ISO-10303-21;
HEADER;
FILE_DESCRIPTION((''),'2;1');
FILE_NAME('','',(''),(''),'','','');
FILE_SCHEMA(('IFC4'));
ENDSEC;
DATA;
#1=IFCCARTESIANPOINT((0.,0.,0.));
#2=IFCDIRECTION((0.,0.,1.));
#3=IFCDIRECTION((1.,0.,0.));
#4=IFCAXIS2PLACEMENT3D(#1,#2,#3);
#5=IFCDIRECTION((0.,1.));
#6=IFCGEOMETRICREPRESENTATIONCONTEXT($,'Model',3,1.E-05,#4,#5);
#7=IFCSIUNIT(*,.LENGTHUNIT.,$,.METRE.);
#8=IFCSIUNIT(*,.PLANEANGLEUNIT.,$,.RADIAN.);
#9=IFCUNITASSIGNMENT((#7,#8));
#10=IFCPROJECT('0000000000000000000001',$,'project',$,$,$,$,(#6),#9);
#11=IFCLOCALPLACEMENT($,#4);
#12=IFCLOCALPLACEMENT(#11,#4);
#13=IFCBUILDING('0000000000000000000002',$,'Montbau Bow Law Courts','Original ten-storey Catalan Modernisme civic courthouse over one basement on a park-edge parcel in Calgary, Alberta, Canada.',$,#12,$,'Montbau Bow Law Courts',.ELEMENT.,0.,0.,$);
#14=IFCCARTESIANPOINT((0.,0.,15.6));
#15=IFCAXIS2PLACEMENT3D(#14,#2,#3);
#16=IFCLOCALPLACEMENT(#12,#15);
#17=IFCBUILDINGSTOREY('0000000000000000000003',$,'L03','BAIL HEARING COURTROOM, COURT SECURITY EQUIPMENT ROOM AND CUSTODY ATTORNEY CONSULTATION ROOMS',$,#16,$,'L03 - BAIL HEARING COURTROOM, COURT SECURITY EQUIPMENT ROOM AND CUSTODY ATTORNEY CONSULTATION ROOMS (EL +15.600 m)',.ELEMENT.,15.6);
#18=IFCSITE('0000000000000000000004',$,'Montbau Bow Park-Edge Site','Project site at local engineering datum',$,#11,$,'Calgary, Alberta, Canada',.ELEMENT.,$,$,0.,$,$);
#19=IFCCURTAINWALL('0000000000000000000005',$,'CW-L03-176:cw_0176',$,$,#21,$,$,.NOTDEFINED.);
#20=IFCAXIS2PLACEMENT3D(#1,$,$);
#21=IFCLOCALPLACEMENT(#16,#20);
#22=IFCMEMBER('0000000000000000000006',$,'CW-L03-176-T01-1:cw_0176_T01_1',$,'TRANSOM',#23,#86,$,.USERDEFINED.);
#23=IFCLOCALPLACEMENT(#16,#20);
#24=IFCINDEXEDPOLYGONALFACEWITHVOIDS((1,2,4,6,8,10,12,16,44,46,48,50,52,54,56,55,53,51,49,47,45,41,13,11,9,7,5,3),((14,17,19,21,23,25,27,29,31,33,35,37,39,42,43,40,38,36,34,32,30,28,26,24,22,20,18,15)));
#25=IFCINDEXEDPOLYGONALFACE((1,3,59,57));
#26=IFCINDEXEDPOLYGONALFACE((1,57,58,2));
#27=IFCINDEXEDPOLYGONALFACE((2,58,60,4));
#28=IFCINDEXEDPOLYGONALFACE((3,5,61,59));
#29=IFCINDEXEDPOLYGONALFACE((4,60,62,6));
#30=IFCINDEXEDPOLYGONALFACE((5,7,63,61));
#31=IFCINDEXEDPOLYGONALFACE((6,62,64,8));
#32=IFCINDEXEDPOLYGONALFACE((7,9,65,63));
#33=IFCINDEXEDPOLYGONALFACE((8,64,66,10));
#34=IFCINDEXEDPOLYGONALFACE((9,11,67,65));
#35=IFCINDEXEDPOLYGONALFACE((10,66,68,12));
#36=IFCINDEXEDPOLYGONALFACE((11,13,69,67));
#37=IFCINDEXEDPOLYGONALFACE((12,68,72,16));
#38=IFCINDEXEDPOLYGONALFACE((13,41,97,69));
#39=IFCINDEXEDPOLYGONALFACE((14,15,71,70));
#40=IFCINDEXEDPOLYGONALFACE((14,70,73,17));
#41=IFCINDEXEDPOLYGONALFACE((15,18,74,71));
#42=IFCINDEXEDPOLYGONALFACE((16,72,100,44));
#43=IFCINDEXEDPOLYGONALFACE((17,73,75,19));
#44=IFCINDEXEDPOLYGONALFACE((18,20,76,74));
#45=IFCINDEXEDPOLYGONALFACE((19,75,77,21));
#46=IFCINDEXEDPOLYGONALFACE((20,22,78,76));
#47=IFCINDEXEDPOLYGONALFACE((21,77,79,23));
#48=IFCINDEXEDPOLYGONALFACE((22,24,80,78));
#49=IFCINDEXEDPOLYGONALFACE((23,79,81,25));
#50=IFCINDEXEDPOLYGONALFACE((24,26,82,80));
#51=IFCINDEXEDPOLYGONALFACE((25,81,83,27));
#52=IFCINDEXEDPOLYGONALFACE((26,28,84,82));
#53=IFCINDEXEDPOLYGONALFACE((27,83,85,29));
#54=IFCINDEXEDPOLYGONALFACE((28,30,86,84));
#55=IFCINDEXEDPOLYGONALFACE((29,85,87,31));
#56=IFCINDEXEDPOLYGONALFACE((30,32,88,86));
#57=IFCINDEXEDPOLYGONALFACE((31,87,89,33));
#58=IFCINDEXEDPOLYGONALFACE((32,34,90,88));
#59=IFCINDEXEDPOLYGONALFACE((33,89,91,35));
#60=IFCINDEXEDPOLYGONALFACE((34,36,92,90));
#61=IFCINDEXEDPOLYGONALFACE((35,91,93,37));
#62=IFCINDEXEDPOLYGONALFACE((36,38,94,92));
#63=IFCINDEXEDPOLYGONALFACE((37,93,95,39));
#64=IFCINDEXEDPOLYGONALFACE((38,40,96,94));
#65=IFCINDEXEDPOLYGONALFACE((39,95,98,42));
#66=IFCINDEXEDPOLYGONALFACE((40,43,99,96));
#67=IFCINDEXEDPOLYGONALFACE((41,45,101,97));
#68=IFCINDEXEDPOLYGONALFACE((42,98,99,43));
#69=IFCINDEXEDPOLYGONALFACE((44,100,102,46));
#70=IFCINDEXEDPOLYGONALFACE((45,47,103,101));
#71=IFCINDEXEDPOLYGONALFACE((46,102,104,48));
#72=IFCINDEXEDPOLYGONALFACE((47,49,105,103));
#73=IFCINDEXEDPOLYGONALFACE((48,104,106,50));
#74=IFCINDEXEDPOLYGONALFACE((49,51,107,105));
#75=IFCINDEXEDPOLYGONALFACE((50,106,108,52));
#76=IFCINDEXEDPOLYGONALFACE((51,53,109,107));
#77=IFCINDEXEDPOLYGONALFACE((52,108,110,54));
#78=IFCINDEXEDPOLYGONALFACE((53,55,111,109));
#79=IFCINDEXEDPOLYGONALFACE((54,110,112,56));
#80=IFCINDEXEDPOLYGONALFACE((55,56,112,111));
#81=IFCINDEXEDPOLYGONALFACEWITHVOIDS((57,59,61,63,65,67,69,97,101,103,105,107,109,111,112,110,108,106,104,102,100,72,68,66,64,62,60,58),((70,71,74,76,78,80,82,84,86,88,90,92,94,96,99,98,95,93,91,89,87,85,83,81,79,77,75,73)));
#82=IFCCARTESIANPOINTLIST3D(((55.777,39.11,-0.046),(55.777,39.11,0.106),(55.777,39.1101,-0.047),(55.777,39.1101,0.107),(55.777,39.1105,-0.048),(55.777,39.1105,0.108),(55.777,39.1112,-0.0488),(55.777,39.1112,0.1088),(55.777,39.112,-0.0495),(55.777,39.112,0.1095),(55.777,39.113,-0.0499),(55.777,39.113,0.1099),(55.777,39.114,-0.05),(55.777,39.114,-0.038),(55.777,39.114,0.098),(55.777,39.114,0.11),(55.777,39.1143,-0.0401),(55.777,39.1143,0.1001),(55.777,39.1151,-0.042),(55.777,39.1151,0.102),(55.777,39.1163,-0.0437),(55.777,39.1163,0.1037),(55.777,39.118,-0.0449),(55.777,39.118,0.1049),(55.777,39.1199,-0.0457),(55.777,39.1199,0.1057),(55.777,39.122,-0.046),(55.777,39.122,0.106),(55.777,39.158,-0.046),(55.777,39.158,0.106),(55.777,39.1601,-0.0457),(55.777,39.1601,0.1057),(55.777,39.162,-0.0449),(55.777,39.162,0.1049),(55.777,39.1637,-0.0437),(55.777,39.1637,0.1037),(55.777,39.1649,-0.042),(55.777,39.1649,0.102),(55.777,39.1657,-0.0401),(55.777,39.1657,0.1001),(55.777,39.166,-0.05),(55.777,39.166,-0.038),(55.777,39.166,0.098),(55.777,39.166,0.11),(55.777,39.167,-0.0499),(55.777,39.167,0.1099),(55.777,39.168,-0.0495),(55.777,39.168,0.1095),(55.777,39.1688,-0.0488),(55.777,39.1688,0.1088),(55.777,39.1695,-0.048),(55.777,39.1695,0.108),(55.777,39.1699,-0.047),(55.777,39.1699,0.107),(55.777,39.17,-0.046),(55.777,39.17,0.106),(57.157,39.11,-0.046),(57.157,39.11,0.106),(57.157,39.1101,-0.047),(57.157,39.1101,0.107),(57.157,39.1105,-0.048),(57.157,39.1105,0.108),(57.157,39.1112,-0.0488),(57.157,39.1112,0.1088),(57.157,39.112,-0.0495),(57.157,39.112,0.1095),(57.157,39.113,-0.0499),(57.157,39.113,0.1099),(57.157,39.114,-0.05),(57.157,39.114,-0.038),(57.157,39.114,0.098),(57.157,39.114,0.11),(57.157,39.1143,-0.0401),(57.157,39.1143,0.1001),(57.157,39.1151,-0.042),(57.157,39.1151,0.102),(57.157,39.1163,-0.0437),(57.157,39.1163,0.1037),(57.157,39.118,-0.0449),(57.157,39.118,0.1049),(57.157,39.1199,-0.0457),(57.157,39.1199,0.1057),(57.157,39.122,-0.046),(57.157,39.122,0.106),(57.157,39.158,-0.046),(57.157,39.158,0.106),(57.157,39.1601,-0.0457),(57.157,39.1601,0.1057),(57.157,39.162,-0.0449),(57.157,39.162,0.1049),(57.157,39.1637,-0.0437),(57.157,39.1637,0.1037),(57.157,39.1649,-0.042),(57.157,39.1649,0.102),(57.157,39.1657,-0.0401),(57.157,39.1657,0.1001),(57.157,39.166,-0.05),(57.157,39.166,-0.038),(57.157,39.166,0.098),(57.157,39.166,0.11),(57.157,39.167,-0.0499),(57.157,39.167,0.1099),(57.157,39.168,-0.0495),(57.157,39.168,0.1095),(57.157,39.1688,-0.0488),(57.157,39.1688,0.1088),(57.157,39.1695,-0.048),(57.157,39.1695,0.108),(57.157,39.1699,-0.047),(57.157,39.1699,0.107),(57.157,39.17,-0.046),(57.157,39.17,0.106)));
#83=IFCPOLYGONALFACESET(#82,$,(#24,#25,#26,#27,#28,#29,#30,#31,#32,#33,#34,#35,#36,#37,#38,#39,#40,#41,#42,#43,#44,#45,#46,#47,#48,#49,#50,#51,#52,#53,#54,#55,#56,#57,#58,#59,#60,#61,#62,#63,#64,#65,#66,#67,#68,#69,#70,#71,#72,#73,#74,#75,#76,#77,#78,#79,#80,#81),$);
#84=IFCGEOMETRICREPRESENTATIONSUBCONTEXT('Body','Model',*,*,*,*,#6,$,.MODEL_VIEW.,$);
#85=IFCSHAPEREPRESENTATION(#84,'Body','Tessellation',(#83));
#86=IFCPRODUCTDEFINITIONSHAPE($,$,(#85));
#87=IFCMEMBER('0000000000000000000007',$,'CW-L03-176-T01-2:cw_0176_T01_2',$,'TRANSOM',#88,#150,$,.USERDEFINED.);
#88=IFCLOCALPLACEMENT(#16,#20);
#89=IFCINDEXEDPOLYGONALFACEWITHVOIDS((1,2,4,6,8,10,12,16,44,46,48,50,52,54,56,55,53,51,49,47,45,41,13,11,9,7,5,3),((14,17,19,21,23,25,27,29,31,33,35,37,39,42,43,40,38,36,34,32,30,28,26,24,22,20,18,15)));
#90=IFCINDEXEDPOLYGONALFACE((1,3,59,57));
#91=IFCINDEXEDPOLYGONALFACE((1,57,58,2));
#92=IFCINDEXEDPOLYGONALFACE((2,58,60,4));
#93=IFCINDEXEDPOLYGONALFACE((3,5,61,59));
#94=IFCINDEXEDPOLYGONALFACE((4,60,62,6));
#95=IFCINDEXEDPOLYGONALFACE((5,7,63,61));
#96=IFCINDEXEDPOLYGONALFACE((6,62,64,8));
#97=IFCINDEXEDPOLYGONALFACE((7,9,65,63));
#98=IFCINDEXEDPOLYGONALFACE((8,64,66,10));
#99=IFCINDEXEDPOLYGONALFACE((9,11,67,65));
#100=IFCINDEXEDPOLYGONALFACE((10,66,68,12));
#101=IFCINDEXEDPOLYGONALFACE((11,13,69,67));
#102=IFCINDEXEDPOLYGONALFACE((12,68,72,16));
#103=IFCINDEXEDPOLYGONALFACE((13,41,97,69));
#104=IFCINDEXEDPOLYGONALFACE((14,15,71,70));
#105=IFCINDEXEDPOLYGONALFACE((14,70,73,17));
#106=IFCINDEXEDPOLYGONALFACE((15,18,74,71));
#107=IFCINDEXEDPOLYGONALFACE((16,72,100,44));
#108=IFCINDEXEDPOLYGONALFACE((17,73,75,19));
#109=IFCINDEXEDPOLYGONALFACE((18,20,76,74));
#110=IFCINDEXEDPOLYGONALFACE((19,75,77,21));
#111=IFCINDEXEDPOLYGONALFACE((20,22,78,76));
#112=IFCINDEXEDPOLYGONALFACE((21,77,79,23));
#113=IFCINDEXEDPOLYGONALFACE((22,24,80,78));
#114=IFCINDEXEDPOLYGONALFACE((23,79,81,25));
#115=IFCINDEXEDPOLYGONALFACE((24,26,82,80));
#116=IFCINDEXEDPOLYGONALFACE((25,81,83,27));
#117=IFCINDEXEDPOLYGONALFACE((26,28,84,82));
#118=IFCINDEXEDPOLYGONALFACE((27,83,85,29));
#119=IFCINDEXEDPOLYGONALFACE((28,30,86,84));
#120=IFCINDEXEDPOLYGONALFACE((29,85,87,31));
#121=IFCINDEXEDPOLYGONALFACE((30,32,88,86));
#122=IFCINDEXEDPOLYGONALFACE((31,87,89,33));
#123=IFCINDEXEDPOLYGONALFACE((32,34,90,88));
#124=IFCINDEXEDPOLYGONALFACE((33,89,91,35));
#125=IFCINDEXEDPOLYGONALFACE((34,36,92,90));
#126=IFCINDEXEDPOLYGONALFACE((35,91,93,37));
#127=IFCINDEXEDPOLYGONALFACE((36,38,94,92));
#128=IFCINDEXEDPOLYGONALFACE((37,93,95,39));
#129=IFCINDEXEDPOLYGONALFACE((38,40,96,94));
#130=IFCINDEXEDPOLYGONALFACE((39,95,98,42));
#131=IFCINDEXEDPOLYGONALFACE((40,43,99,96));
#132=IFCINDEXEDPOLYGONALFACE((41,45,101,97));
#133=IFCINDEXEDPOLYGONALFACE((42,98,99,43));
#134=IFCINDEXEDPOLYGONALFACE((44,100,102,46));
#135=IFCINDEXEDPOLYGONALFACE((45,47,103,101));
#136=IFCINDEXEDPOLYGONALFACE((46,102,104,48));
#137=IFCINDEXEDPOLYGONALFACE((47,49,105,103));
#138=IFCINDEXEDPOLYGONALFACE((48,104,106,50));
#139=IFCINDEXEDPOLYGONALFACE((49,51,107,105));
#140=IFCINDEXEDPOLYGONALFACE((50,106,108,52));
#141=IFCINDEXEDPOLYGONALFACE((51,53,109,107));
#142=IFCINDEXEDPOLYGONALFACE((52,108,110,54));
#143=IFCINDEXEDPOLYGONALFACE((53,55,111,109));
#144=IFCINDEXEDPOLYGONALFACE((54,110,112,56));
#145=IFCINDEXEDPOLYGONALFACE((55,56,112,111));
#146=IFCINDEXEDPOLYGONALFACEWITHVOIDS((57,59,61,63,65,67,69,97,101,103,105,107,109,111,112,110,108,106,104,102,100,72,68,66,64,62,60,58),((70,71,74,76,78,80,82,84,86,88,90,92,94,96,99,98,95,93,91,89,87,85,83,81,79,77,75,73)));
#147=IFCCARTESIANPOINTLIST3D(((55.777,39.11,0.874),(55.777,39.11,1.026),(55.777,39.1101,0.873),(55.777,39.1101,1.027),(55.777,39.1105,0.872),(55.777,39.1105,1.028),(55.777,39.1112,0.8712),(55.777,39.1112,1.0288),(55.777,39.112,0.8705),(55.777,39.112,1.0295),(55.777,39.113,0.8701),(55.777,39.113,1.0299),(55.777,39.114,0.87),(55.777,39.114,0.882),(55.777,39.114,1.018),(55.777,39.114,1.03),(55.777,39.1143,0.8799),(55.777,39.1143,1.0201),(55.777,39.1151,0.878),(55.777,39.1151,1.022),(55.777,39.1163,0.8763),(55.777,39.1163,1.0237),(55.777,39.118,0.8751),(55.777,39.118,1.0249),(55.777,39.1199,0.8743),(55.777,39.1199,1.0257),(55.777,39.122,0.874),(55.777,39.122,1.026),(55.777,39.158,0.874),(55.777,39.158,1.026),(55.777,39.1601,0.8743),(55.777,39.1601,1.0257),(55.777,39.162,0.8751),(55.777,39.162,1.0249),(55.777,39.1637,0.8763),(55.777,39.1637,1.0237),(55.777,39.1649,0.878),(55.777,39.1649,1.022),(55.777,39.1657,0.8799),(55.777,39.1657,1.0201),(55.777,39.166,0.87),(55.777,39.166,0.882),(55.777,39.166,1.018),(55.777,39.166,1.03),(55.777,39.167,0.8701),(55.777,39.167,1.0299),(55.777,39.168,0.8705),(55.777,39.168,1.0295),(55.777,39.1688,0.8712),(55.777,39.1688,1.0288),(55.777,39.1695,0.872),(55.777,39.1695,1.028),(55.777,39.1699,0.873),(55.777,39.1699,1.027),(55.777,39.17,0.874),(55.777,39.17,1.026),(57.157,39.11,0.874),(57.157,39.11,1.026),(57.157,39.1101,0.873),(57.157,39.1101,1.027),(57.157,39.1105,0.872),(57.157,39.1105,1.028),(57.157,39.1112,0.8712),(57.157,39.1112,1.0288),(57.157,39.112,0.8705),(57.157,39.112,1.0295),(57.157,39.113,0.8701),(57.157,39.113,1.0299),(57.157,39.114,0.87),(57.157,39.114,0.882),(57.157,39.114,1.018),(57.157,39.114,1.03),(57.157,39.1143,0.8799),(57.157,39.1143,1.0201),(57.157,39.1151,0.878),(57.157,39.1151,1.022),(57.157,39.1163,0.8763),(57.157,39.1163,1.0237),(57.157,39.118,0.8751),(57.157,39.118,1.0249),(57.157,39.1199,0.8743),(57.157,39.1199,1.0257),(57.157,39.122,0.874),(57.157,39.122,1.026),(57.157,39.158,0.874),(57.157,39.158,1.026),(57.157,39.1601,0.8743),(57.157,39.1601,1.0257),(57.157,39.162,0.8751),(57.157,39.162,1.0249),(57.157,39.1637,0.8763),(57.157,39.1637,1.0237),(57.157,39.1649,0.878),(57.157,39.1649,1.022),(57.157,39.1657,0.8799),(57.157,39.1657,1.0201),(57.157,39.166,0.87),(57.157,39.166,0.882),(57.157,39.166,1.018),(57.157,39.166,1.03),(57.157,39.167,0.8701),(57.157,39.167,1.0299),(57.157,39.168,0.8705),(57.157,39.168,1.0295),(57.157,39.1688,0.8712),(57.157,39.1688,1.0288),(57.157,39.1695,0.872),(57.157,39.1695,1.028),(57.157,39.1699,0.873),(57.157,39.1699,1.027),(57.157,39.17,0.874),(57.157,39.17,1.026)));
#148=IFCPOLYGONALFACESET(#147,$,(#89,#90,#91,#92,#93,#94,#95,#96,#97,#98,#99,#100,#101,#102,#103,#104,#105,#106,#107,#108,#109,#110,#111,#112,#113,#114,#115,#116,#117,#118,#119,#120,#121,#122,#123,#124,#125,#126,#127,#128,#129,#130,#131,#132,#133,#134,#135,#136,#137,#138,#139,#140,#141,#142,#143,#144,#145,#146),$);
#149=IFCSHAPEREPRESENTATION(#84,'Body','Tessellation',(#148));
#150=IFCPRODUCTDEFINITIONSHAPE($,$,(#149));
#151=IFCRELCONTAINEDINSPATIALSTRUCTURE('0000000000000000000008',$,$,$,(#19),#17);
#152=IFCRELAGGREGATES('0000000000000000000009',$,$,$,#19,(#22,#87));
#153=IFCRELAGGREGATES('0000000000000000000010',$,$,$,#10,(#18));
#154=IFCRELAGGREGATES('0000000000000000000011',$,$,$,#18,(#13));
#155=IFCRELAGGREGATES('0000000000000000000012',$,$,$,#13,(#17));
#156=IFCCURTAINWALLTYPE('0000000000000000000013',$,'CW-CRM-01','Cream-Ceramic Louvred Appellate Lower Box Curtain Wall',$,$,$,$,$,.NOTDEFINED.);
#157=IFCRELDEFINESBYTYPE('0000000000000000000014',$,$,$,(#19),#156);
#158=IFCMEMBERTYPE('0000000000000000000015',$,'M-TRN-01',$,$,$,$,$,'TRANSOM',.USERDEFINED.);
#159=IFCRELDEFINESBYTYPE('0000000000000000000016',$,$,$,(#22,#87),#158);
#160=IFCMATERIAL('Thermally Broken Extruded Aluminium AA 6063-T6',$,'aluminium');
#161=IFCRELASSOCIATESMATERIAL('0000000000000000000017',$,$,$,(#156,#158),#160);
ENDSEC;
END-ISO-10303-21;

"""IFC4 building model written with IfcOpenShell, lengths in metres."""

from ifc_helpers import new_model, si_unit, direction, frame, origin_with_axes, origin_2d_with_axis, place, context, subcontext, project, spatial, hollow_rectangle, extrude, material, material_profile, profile_set, type_object, element, aggregate, save


model = new_model("IFC4")

# Units and contexts
model_context = context("Model", 3, precision=1e-05, world=origin_with_axes(), true_north=direction((0.0, 1.0)))
body_context = subcontext(model_context, "Body", "Model", "MODEL_VIEW")
ifc_project = project(units=[si_unit("LENGTHUNIT", "METRE"), si_unit("PLANEANGLEUNIT", "RADIAN")], contexts=[model_context])

# Site, building, storey
site_placement = place(None, origin_with_axes())
site = spatial("IfcSite", under=ifc_project, at=site_placement, Name="Montbau Bow Park-Edge Site", Description="Project site at local engineering datum", LongName="Calgary, Alberta, Canada", CompositionType="ELEMENT", RefElevation=0.0)
building_placement = place(site_placement, origin_with_axes())
building = spatial("IfcBuilding", under=site, at=building_placement, Name="Montbau Bow Law Courts", Description="Original ten-storey Catalan Modernisme civic courthouse over one basement on a park-edge parcel in Calgary, Alberta, Canada.", LongName="Montbau Bow Law Courts", CompositionType="ELEMENT", ElevationOfRefHeight=0.0, ElevationOfTerrain=0.0)
storey_placement = place(building_placement, frame((0.0, 0.0, 15.6), z_axis=(0.0, 0.0, 1.0), x_axis=(1.0, 0.0, 0.0)))
storey = spatial("IfcBuildingStorey", under=building, at=storey_placement, Name="L03", Description="BAIL HEARING COURTROOM, COURT SECURITY EQUIPMENT ROOM AND CUSTODY ATTORNEY CONSULTATION ROOMS", LongName="L03 - BAIL HEARING COURTROOM, COURT SECURITY EQUIPMENT ROOM AND CUSTODY ATTORNEY CONSULTATION ROOMS (EL +15.600 m)", CompositionType="ELEMENT", Elevation=15.6)

# Curtain wall, members
ifc_material_1 = material(Name="Thermally Broken Extruded Aluminium AA 6063-T6", Category="aluminium")
curtain_wall_type = type_object("IfcCurtainWallType", Name="CW-CRM-01", Description="Cream-Ceramic Louvred Appellate Lower Box Curtain Wall", PredefinedType="NOTDEFINED", material=ifc_material_1)
curtain_wall_placement = place(None, frame((55.715, 39.14, 15.6), z_axis=(0.0, 0.0, 1.0), x_axis=(1.0, 0.0, 0.0)))
curtain_wall = element("IfcCurtainWall", 1, at=curtain_wall_placement, inside=storey, type_object=curtain_wall_type, Name="CW-L03-176:cw_0176", PredefinedType="NOTDEFINED")
ifc_material_profile_1 = material_profile(ifc_material_1, hollow_rectangle(XDim=0.06, YDim=0.16, WallThickness=0.004, InnerFilletRadius=0.008, OuterFilletRadius=0.004, at=origin_2d_with_axis()), Name="CWT-160X60", Category="Main", Priority=0)
ifc_profile_set_1 = profile_set([ifc_material_profile_1], Name="Thermally Broken Extruded Aluminium AA 6063-T6")
member_type_1 = type_object("IfcMemberType", Name="M-TRN-01", ElementType="TRANSOM", PredefinedType="USERDEFINED", material=ifc_profile_set_1)
member_1_placement = place(None, frame((55.777, 39.14, 15.63), z_axis=(1.0, 0.0, 0.0), x_axis=(0.0, 1.0, 0.0)))
member_1 = element("IfcMember", 2, at=member_1_placement, type_object=member_type_1, Name="CW-L03-176-T01-1:cw_0176_T01_1", ObjectType="TRANSOM", PredefinedType="USERDEFINED", context=body_context, shape_type="SweptSolid", body=[
    extrude(hollow_rectangle(XDim=0.06, YDim=0.16, WallThickness=0.004, InnerFilletRadius=0.008, OuterFilletRadius=0.004, at=origin_2d_with_axis()), origin_with_axes(), (0.0, 0.0, 1.0), 1.38),
])
member_2_placement = place(None, frame((55.777, 39.14, 16.55), z_axis=(1.0, 0.0, 0.0), x_axis=(0.0, 1.0, 0.0)))
member_2 = element("IfcMember", 3, at=member_2_placement, type_object=member_type_1, Name="CW-L03-176-T01-2:cw_0176_T01_2", ObjectType="TRANSOM", PredefinedType="USERDEFINED", context=body_context, shape_type="SweptSolid", body=[
    extrude(hollow_rectangle(XDim=0.06, YDim=0.16, WallThickness=0.004, InnerFilletRadius=0.008, OuterFilletRadius=0.004, at=origin_2d_with_axis()), origin_with_axes(), (0.0, 0.0, 1.0), 1.38),
])
aggregate(curtain_wall, [member_1, member_2])

save(model, "model.ifc")
